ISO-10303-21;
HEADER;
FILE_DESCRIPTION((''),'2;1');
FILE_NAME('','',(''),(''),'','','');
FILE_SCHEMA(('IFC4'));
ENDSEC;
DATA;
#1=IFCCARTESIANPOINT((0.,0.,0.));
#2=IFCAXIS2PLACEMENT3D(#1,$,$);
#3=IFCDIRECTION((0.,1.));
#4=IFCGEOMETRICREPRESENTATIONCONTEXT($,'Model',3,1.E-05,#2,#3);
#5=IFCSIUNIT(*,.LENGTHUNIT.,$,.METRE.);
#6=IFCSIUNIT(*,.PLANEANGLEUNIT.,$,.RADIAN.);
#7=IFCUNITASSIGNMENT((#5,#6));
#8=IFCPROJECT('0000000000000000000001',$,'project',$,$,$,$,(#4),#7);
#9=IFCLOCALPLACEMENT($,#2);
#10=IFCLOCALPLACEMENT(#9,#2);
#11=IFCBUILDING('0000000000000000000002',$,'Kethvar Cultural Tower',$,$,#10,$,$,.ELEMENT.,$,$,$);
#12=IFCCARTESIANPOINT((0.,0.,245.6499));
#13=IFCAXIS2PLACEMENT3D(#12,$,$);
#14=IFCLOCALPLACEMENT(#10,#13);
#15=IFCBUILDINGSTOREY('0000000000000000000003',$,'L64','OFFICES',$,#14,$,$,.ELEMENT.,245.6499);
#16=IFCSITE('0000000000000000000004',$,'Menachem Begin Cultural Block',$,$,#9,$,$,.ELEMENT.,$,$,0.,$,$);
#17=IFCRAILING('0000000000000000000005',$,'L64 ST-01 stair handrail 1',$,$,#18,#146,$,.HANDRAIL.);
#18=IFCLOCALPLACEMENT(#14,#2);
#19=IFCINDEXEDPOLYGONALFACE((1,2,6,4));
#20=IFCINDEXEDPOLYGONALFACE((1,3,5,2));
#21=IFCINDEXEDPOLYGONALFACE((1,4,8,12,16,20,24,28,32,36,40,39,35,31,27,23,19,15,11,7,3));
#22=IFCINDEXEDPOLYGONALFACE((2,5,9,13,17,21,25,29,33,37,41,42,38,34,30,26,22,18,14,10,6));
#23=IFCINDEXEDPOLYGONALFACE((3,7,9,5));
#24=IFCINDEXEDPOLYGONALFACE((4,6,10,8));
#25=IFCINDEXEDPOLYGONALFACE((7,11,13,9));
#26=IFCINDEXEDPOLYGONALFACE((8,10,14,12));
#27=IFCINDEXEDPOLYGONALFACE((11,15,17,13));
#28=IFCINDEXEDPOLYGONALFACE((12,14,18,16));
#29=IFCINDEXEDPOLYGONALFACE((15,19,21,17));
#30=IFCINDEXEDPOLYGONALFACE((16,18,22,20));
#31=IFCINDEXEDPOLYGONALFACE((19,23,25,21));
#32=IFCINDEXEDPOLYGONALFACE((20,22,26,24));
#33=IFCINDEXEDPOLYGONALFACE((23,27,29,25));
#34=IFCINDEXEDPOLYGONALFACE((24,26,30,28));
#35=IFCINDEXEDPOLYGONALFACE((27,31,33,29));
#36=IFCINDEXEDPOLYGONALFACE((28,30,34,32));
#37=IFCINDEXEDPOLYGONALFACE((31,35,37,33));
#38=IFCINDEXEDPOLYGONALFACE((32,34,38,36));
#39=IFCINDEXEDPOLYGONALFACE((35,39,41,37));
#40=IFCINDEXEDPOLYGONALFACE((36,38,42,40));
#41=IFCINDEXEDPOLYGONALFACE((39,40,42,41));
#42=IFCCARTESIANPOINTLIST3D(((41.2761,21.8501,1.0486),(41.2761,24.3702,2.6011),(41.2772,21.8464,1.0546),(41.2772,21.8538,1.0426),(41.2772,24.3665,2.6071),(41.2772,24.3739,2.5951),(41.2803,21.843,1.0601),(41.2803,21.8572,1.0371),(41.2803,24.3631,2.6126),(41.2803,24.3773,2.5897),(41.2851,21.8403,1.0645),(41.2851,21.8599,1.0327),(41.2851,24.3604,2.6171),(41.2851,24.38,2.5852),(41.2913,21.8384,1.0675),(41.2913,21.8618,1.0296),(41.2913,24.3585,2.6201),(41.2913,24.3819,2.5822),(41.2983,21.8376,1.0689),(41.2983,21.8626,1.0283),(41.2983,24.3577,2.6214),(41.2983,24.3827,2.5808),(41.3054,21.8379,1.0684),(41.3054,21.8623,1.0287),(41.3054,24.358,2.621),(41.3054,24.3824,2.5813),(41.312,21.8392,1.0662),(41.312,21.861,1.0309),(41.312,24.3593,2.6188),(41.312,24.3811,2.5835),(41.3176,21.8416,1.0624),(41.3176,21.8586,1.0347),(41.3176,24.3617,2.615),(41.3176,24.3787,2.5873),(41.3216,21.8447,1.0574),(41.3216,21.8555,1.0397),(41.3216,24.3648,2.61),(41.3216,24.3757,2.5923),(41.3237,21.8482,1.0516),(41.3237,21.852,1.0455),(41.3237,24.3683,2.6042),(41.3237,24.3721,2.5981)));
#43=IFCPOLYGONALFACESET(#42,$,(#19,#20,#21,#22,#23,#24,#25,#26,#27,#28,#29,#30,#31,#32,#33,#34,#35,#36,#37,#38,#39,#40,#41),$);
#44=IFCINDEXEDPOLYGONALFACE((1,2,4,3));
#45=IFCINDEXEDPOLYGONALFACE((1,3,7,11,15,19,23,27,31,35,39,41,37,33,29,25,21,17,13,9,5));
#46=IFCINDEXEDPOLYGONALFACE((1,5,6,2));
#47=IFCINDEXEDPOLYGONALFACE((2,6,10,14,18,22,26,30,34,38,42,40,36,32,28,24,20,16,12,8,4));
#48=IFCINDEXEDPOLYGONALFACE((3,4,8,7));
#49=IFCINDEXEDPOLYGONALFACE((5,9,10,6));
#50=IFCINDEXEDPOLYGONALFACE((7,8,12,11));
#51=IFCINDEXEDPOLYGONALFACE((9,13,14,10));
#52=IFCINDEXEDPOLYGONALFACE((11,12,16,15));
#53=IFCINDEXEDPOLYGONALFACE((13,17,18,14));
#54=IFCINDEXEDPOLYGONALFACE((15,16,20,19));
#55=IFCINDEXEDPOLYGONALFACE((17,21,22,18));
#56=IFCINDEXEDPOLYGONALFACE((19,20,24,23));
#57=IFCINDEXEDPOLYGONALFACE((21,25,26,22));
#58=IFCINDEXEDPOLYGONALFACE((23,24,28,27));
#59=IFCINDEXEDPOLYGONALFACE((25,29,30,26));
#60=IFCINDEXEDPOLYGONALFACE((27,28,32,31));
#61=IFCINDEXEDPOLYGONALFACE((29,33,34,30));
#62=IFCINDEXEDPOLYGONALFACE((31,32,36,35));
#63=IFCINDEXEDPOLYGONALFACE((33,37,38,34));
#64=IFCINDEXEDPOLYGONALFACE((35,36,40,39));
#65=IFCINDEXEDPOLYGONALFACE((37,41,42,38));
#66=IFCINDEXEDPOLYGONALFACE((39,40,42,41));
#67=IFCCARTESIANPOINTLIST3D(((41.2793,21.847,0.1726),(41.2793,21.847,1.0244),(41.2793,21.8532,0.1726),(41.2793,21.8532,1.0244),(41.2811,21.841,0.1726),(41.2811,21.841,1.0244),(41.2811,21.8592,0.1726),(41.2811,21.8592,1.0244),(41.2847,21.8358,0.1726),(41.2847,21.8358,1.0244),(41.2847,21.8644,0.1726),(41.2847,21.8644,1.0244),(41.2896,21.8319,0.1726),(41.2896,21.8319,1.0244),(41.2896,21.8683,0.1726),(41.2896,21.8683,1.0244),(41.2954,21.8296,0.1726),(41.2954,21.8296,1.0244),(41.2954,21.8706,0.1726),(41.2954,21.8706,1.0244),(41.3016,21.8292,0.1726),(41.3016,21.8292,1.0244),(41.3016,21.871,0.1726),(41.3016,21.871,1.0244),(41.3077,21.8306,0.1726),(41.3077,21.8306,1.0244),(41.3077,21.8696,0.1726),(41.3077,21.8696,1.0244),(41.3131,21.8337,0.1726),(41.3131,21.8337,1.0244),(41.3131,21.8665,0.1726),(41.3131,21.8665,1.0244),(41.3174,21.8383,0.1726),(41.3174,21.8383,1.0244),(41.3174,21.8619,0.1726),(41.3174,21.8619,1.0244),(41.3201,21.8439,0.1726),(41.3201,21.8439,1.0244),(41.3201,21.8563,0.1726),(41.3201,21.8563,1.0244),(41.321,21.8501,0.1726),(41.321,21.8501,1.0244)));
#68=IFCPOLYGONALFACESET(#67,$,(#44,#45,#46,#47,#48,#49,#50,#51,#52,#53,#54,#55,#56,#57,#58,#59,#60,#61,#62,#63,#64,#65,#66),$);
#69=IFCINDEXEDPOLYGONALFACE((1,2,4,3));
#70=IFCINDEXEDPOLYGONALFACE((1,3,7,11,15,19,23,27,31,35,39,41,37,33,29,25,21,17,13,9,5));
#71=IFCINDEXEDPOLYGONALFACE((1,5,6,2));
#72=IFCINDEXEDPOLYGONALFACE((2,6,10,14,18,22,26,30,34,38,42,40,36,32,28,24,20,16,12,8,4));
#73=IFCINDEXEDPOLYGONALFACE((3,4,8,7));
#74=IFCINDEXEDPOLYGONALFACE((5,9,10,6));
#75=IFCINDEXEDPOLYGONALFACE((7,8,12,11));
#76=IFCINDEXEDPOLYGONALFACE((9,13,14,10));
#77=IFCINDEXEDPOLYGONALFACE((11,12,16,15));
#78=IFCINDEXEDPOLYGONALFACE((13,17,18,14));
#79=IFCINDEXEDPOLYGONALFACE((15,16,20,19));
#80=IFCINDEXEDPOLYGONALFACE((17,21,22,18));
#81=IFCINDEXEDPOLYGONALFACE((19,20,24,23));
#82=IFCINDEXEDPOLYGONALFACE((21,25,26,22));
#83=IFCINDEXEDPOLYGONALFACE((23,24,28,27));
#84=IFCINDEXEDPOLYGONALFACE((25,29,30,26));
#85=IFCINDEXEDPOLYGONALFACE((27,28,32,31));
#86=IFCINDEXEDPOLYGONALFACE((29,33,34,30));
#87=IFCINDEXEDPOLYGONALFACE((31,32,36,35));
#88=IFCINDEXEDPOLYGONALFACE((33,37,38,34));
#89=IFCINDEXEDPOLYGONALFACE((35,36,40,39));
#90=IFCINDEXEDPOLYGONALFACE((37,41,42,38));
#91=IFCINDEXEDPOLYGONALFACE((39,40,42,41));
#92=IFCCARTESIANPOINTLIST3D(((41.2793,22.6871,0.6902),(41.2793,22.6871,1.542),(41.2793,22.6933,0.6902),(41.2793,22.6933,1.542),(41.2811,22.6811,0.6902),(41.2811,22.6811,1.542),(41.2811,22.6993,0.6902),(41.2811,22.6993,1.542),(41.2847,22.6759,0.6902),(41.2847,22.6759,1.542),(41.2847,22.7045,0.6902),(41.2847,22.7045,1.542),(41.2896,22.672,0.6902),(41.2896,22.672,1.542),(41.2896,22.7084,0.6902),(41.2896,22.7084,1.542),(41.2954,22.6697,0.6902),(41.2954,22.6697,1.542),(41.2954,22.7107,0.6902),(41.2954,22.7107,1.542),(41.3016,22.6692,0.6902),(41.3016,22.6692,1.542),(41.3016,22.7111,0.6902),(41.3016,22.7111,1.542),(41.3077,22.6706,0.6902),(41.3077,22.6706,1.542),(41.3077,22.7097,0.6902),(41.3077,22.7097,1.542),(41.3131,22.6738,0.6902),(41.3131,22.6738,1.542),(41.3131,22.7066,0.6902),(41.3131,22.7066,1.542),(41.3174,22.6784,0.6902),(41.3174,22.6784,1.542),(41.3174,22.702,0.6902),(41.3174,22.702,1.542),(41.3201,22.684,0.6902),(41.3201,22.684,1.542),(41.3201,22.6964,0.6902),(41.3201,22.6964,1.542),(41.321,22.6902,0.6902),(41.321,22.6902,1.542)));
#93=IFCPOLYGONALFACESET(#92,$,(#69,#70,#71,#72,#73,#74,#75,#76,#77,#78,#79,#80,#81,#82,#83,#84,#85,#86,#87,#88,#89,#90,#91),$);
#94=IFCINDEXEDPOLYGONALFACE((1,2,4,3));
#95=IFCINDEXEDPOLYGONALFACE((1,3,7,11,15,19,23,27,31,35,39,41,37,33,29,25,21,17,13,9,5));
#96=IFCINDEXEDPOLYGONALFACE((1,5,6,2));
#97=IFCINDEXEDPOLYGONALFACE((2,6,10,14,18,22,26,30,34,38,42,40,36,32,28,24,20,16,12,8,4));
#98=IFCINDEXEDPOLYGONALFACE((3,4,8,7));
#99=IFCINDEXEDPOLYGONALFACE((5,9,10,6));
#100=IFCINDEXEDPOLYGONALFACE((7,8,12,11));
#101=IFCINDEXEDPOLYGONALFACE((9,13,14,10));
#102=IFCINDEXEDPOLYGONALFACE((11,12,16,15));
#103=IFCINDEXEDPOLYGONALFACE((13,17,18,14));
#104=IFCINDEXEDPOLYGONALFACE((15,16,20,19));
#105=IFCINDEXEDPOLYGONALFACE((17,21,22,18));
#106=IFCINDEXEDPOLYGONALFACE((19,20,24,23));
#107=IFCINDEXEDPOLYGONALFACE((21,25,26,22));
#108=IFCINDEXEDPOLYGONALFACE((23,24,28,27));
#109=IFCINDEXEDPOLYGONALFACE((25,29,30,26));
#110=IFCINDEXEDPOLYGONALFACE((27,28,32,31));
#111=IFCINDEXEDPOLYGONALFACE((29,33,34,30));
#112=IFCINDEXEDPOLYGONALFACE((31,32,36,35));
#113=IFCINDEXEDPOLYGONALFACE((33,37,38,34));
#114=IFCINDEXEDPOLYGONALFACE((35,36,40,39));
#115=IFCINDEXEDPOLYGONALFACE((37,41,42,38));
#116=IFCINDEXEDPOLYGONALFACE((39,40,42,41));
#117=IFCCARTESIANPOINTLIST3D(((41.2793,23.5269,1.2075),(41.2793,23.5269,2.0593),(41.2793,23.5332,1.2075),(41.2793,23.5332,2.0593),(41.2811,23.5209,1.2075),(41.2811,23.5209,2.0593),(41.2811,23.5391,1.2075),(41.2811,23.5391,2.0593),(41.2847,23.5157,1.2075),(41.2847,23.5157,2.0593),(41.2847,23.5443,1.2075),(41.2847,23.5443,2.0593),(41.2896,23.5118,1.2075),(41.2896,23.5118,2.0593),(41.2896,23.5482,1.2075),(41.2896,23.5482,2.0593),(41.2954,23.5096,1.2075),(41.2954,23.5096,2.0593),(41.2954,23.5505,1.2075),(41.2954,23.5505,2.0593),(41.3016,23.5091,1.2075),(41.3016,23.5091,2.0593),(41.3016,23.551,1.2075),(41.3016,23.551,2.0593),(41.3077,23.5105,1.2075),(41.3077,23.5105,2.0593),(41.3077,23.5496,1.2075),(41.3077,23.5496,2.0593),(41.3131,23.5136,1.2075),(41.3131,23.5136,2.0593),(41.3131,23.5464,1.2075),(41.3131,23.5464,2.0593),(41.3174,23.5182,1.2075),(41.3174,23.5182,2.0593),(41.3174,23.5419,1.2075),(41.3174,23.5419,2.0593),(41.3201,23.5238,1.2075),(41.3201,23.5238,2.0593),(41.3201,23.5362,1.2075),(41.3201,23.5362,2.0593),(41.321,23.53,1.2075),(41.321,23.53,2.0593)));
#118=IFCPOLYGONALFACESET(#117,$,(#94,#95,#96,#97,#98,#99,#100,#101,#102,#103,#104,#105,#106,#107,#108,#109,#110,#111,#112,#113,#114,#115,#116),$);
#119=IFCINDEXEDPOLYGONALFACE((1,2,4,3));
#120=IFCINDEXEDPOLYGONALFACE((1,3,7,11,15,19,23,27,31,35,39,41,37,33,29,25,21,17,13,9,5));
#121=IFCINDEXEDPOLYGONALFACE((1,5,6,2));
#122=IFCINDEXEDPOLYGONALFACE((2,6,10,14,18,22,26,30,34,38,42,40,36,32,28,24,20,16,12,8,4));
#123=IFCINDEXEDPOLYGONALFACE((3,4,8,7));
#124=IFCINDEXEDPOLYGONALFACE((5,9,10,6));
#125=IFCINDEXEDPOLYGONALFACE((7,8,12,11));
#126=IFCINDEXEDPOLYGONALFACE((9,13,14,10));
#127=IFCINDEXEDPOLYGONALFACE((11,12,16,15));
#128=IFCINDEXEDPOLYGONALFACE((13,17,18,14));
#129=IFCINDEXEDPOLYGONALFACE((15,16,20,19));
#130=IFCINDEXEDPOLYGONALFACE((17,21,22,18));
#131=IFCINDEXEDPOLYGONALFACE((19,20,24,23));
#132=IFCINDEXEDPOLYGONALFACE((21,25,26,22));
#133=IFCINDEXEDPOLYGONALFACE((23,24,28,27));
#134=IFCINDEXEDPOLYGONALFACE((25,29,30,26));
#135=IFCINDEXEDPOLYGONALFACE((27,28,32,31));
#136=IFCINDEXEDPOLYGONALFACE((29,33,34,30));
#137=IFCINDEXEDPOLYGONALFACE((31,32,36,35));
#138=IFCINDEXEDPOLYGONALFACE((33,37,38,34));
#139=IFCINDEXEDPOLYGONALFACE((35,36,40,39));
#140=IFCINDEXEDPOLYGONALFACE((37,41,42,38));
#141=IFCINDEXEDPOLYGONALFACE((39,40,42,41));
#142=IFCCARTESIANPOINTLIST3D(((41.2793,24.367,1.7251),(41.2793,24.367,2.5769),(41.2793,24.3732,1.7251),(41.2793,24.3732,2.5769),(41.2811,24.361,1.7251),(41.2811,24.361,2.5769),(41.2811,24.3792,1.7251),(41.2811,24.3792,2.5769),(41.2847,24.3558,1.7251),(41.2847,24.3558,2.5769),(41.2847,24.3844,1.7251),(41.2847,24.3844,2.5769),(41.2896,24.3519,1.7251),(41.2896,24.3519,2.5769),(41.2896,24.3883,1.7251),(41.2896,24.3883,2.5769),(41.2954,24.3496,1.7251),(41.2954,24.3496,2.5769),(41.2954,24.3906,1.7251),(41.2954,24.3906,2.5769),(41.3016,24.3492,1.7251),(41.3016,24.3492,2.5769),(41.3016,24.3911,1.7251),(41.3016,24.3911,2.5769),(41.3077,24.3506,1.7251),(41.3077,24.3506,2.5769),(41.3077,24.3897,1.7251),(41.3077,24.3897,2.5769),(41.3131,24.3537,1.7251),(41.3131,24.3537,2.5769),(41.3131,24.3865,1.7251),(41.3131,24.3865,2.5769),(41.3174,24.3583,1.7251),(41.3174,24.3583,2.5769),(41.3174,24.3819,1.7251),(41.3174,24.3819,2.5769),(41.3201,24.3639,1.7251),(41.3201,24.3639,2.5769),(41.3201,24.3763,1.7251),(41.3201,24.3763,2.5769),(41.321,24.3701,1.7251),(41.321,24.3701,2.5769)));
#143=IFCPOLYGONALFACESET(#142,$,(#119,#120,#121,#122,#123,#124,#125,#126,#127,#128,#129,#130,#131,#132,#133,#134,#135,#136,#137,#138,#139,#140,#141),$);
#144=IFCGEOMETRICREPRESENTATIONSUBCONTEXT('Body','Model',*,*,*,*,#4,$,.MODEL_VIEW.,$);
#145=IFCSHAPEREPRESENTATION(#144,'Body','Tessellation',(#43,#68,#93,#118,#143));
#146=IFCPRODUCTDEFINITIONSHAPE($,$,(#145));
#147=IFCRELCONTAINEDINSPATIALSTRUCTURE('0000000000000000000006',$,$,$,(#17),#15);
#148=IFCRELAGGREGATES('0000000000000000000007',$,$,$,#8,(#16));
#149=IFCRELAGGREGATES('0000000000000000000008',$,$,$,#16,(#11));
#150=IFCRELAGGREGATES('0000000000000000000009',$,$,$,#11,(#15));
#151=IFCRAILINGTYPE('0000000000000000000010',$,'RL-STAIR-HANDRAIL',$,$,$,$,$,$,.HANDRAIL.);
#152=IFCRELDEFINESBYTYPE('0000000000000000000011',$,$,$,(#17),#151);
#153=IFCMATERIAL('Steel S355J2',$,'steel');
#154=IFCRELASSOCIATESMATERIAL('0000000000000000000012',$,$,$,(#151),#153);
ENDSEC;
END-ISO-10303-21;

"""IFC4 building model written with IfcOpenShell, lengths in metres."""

from ifc_helpers import new_model, si_unit, direction, frame, origin, origin_2d, place, context, subcontext, project, spatial, circle, extrude, material, type_object, element, save


model = new_model("IFC4")

# Units and contexts
model_context = context("Model", 3, precision=1e-05, world=origin(), true_north=direction((0.0, 1.0)))
body_context = subcontext(model_context, "Body", "Model", "MODEL_VIEW")
ifc_project = project(units=[si_unit("LENGTHUNIT", "METRE"), si_unit("PLANEANGLEUNIT", "RADIAN")], contexts=[model_context])

# Site, building, storey
site_placement = place(None, origin())
site = spatial("IfcSite", under=ifc_project, at=site_placement, Name="Menachem Begin Cultural Block", CompositionType="ELEMENT", RefElevation=0.0)
building_placement = place(site_placement, origin())
building = spatial("IfcBuilding", under=site, at=building_placement, Name="Kethvar Cultural Tower", CompositionType="ELEMENT")
storey_placement = place(building_placement, frame((0.0, 0.0, 245.6499)))
storey = spatial("IfcBuildingStorey", under=building, at=storey_placement, Name="L64", Description="OFFICES", CompositionType="ELEMENT", Elevation=245.6499)

# Shared definitions
ifc_material_1 = material(Name="Steel S355J2", Category="steel")

# Railing
railing_type_1 = type_object("IfcRailingType", Name="RL-STAIR-HANDRAIL", PredefinedType="HANDRAIL", material=ifc_material_1)
railing_1_placement = place(storey_placement, frame((41.3, 21.8501, 0.1726)))
element("IfcRailing", 1, at=railing_1_placement, inside=storey, type_object=railing_type_1, Name="L64 ST-01 stair handrail 1", PredefinedType="HANDRAIL", context=body_context, shape_type="SweptSolid", body=[
    extrude(circle(Radius=0.0239, at=origin_2d()), frame((0.0, 0.0, 0.876), z_axis=(0.0, 0.8514, 0.524516), x_axis=(-1.0, 0.0, 0.0)), (0.0, 0.0, 1.0), 2.96),
    extrude(circle(Radius=0.021, at=origin_2d()), origin(), (0.0, 0.0, 1.0), 0.8518),
    extrude(circle(Radius=0.021, at=origin_2d()), frame((0.0, 0.8401, 0.5176)), (0.0, 0.0, 1.0), 0.8518),
    extrude(circle(Radius=0.021, at=origin_2d()), frame((0.0, 1.6799, 1.0349)), (0.0, 0.0, 1.0), 0.8518),
    extrude(circle(Radius=0.021, at=origin_2d()), frame((0.0, 2.52, 1.5525)), (0.0, 0.0, 1.0), 0.8518),
])

save(model, "model.ifc")
